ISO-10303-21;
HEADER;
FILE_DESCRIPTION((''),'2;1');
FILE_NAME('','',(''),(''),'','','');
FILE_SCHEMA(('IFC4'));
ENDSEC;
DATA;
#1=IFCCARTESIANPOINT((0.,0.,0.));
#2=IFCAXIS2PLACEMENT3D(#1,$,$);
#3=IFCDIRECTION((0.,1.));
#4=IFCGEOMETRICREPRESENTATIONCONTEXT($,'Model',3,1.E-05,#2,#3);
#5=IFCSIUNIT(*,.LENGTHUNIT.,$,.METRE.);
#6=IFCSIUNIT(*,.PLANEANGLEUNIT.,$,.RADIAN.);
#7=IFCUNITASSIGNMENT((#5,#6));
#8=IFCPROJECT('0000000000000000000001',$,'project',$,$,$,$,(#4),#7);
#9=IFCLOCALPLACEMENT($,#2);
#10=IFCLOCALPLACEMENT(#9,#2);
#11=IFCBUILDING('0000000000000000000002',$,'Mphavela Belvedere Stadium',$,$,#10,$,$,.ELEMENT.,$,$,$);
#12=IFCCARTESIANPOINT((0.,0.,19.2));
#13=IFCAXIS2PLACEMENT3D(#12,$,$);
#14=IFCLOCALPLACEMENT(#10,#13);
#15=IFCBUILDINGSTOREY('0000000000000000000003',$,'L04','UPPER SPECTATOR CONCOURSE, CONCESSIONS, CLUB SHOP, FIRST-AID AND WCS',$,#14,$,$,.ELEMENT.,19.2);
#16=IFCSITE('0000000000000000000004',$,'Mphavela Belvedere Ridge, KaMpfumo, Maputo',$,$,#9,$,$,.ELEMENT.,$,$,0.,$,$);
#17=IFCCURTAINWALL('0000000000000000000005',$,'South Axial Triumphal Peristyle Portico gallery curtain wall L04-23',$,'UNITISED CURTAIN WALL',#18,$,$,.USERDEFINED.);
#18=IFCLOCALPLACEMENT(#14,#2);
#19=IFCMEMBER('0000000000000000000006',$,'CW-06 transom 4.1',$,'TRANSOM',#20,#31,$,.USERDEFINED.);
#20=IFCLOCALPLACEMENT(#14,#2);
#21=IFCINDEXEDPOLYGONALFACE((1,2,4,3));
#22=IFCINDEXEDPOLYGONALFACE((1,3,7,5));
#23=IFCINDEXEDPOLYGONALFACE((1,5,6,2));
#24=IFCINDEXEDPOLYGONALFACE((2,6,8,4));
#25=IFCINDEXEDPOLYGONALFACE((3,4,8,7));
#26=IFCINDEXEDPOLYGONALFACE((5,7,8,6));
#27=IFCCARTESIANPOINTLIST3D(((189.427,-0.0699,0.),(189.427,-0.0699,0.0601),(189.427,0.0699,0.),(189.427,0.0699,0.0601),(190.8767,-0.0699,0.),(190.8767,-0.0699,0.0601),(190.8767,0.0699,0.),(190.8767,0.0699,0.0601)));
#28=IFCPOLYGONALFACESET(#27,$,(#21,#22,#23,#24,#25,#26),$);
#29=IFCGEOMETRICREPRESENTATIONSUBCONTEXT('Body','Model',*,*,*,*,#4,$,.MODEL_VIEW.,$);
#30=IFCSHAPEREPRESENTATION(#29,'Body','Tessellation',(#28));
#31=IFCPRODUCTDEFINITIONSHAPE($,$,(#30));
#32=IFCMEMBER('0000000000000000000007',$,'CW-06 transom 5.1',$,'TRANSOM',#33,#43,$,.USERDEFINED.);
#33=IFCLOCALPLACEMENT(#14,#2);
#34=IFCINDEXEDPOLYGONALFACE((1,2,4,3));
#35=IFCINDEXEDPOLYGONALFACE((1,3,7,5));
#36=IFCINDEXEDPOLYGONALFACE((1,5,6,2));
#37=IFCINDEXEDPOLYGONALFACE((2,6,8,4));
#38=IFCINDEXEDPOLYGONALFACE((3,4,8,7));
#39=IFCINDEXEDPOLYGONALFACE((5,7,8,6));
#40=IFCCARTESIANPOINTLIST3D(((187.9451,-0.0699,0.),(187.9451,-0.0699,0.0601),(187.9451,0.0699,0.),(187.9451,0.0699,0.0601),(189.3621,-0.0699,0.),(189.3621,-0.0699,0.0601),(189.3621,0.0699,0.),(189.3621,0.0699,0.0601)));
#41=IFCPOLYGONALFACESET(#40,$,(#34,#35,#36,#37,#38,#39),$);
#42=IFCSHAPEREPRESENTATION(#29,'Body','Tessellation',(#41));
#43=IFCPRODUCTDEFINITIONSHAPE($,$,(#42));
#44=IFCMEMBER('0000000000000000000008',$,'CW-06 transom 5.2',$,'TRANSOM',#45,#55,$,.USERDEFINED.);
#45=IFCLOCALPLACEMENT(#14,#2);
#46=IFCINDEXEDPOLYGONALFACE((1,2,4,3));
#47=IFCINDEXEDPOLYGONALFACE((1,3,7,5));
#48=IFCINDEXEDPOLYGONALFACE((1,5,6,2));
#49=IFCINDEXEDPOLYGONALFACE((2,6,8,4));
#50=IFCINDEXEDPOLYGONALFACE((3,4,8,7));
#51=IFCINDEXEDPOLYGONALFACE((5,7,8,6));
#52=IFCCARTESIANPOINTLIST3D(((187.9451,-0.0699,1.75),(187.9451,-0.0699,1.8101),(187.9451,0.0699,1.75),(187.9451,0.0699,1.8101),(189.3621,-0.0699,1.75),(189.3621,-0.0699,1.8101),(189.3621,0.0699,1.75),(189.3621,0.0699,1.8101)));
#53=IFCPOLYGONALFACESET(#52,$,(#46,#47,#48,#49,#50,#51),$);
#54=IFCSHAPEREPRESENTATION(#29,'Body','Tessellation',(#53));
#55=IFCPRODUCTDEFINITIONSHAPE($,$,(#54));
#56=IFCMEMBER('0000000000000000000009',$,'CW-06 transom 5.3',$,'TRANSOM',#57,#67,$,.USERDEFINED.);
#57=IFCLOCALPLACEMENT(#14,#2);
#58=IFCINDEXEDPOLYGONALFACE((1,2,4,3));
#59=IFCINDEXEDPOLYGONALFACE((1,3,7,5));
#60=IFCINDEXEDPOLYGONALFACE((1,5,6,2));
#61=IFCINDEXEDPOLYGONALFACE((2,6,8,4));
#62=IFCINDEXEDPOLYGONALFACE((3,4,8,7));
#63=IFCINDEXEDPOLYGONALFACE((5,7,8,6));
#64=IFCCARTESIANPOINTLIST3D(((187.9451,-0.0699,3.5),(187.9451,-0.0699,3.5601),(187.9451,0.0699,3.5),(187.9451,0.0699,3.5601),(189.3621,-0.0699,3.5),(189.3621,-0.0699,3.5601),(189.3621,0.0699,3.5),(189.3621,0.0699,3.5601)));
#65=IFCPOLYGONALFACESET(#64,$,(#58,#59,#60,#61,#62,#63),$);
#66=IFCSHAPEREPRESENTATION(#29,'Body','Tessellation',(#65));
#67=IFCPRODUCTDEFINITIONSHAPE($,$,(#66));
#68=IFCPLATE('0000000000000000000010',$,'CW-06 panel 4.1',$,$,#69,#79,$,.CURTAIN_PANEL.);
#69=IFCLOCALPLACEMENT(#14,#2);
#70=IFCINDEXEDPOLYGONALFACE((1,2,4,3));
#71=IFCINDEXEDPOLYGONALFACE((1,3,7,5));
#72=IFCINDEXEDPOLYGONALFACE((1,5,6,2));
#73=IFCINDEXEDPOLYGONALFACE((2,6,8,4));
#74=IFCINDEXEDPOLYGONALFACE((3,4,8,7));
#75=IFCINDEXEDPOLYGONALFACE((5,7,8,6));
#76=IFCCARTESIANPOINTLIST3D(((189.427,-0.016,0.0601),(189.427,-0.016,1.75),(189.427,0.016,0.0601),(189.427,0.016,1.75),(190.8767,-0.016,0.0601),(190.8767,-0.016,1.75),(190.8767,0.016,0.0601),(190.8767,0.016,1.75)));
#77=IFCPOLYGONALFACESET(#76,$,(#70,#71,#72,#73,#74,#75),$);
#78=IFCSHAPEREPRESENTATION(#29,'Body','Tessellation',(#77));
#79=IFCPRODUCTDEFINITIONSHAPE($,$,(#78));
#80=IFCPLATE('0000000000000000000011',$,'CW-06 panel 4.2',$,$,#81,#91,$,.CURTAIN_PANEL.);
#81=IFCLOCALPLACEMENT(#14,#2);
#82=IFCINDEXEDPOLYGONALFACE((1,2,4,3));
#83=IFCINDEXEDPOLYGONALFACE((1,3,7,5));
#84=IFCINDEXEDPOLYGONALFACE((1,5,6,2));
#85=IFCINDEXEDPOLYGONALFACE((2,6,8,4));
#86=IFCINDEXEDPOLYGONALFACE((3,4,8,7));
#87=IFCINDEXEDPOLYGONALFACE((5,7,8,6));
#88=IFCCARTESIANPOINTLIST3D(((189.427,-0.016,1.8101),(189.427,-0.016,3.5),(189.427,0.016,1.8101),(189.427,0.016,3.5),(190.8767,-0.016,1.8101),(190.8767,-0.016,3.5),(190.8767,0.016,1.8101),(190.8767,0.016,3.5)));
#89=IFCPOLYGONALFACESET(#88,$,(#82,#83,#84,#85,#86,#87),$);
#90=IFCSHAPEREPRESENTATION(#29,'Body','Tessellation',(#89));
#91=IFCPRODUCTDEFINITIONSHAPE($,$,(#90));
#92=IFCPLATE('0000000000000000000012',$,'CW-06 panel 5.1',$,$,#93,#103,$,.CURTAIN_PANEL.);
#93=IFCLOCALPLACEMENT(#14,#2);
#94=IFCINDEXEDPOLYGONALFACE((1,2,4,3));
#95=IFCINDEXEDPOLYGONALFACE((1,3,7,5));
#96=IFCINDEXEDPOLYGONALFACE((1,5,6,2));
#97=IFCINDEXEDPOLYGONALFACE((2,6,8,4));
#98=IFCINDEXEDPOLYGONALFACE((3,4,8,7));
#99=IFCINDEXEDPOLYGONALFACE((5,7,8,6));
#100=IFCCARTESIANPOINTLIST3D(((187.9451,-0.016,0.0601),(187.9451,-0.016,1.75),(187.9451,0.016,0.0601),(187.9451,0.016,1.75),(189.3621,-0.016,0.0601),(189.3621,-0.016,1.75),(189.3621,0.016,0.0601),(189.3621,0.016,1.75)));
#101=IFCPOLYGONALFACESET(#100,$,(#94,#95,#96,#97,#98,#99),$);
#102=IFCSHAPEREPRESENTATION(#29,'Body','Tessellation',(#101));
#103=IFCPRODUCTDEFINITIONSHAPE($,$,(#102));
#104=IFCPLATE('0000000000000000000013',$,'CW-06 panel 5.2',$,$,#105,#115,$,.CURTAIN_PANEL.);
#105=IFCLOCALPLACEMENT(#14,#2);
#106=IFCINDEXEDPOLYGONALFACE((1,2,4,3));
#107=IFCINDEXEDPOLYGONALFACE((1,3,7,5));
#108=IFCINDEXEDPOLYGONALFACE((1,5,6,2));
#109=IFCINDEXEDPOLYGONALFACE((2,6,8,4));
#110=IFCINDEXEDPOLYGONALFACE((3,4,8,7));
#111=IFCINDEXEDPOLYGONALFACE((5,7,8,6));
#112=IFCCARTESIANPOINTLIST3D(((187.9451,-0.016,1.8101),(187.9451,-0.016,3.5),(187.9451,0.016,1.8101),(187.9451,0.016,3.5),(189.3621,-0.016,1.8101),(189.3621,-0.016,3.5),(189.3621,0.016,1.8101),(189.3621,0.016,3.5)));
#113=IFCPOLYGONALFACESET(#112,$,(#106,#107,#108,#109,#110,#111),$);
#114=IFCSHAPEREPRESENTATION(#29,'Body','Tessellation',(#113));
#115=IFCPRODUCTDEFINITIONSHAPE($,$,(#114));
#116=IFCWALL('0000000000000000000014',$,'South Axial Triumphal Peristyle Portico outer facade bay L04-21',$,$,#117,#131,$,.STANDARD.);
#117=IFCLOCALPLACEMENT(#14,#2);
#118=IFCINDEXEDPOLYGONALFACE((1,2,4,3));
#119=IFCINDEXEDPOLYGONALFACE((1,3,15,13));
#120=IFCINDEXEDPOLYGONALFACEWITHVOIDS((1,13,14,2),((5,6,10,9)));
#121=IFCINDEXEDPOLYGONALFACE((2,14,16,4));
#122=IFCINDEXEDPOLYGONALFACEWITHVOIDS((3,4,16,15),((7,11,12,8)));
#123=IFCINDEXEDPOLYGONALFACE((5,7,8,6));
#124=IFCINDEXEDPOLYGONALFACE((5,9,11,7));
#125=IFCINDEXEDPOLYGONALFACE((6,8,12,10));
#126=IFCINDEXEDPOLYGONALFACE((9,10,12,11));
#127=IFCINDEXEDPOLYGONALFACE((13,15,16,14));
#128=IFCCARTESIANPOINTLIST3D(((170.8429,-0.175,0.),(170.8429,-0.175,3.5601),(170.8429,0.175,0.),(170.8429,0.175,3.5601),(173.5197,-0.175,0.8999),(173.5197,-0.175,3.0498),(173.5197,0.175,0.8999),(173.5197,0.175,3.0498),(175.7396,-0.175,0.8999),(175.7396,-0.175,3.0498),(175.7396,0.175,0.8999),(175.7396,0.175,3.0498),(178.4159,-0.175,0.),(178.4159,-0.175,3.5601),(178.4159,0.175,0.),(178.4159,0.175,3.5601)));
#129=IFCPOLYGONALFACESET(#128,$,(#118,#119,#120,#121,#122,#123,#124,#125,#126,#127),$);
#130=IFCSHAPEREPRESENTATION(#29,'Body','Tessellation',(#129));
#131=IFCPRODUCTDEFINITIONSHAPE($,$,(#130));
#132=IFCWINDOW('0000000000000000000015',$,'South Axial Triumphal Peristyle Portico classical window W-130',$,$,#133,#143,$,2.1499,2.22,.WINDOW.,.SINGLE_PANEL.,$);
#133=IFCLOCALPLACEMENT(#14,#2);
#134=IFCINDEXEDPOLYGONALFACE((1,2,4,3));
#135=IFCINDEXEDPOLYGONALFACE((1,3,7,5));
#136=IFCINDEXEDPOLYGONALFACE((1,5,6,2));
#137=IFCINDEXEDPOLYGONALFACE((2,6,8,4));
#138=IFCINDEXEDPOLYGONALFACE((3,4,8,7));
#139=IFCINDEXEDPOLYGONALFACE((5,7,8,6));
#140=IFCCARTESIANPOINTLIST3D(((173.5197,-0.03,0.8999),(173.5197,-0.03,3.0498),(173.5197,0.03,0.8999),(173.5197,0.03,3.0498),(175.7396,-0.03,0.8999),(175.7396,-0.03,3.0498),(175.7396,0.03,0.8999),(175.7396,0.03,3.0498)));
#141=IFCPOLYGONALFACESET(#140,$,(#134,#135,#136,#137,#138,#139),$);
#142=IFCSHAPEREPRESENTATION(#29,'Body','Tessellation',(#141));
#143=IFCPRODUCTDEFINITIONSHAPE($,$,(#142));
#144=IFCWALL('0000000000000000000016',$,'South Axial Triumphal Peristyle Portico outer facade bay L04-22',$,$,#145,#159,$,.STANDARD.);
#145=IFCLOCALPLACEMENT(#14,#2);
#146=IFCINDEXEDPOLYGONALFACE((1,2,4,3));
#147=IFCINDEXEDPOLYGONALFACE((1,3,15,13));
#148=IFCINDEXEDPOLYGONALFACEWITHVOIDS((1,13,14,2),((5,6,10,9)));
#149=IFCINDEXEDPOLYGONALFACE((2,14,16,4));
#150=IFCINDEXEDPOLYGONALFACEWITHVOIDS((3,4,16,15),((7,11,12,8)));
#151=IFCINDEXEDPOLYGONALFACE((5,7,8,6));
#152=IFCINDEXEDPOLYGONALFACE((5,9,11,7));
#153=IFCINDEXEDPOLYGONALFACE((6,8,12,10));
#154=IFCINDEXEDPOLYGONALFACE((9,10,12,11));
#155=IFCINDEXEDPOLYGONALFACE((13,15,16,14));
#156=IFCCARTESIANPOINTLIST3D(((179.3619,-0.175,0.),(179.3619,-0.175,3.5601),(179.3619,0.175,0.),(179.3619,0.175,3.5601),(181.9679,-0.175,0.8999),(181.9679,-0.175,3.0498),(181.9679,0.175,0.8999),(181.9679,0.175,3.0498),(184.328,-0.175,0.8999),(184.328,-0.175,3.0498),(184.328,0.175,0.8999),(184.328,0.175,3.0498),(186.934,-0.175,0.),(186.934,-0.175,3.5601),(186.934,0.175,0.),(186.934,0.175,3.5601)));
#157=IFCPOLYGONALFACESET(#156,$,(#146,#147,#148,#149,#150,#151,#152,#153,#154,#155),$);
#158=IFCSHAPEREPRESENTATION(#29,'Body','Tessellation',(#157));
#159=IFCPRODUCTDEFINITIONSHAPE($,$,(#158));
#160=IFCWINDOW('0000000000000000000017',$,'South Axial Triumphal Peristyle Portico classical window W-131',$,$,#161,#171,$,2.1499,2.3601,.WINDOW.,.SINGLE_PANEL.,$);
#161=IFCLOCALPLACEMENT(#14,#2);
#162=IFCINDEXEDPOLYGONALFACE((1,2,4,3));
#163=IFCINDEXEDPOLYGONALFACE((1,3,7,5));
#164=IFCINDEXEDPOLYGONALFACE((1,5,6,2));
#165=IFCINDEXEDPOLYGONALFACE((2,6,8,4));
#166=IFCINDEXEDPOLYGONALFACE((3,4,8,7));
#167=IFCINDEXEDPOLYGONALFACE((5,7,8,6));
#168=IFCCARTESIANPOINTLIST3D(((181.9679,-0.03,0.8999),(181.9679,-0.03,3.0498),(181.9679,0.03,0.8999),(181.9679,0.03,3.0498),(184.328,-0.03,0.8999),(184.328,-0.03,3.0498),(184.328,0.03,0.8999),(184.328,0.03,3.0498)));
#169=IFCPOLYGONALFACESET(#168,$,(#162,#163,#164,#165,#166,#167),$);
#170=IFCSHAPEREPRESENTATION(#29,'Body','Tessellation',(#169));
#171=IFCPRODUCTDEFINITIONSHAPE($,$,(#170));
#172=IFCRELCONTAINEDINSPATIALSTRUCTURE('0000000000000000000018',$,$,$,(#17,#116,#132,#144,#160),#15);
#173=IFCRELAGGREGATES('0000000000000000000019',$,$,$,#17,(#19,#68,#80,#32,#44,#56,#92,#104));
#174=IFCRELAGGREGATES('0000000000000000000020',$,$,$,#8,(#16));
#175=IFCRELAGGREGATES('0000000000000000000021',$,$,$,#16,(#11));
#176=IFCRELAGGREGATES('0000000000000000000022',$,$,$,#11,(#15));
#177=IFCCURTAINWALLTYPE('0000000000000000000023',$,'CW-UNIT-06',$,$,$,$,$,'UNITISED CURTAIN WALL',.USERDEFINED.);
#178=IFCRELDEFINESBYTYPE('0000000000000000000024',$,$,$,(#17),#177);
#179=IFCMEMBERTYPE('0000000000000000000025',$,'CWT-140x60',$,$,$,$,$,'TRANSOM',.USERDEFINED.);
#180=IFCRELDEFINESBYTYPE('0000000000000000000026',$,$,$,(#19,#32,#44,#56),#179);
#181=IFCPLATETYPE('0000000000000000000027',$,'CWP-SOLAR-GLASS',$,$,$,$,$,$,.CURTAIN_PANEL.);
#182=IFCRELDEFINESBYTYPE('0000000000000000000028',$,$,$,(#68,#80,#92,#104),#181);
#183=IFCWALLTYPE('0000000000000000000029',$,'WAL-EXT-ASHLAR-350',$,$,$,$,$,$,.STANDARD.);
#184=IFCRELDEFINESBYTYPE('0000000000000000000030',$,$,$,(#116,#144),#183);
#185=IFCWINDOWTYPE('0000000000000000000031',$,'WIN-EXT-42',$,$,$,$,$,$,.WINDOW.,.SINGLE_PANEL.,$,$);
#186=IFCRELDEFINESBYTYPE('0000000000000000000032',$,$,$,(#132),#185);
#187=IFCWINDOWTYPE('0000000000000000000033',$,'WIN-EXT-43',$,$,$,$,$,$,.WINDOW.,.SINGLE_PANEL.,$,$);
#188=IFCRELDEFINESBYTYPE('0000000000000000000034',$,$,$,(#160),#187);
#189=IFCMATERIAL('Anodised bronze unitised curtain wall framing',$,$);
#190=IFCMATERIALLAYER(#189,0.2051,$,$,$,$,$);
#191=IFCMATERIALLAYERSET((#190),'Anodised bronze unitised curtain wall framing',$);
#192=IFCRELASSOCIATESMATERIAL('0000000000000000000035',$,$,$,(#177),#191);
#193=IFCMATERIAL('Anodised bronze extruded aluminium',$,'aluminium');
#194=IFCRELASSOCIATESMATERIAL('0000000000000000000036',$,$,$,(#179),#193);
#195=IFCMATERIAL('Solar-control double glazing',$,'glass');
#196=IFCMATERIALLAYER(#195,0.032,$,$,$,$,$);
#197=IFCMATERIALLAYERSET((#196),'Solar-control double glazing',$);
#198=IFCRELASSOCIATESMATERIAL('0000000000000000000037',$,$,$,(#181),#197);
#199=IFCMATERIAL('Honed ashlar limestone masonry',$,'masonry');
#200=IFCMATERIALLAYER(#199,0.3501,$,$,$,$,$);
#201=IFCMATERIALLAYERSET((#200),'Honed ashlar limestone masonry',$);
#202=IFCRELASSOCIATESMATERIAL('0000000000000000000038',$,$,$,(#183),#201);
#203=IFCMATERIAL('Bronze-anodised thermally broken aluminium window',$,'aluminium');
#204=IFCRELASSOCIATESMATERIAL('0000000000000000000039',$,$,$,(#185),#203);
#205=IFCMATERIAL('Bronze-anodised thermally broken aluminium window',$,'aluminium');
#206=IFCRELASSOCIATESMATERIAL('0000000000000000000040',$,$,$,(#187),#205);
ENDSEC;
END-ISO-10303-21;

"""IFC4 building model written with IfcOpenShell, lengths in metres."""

from ifc_helpers import new_model, si_unit, direction, frame, frame_2d, origin, origin_2d, place, context, subcontext, project, spatial, rectangle, extrude, material, layer, layer_set, material_profile, profile_set, type_object, element, fill, aggregate, save


model = new_model("IFC4")

# Units and contexts
model_context = context("Model", 3, precision=1e-05, world=origin(), true_north=direction((0.0, 1.0)))
body_context = subcontext(model_context, "Body", "Model", "MODEL_VIEW")
ifc_project = project(units=[si_unit("LENGTHUNIT", "METRE"), si_unit("PLANEANGLEUNIT", "RADIAN")], contexts=[model_context])

# Site, building, storey
site_placement = place(None, origin())
site = spatial("IfcSite", under=ifc_project, at=site_placement, Name="Mphavela Belvedere Ridge, KaMpfumo, Maputo", CompositionType="ELEMENT", RefElevation=0.0)
building_placement = place(site_placement, origin())
building = spatial("IfcBuilding", under=site, at=building_placement, Name="Mphavela Belvedere Stadium", CompositionType="ELEMENT")
storey_placement = place(building_placement, frame((0.0, 0.0, 19.2)))
storey = spatial("IfcBuildingStorey", under=building, at=storey_placement, Name="L04", Description="UPPER SPECTATOR CONCOURSE, CONCESSIONS, CLUB SHOP, FIRST-AID AND WCS", CompositionType="ELEMENT", Elevation=19.2)

# Curtain wall, members, plates
ifc_material_1 = material(Name="Anodised bronze unitised curtain wall framing")
ifc_layer_1 = layer(ifc_material_1, 0.2051)
ifc_layer_set_1 = layer_set([ifc_layer_1], Name="Anodised bronze unitised curtain wall framing")
curtain_wall_type = type_object("IfcCurtainWallType", Name="CW-UNIT-06", ElementType="UNITISED CURTAIN WALL", PredefinedType="USERDEFINED", material=ifc_layer_set_1)
curtain_wall_placement = place(storey_placement, origin())
curtain_wall = element("IfcCurtainWall", 1, at=curtain_wall_placement, inside=storey, type_object=curtain_wall_type, Name="South Axial Triumphal Peristyle Portico gallery curtain wall L04-23", ObjectType="UNITISED CURTAIN WALL", PredefinedType="USERDEFINED")
ifc_material_2 = material(Name="Anodised bronze extruded aluminium", Category="aluminium")
ifc_material_profile_1 = material_profile(ifc_material_2, rectangle(XDim=0.1399, YDim=0.0601, at=origin_2d()), Name="CW-TRN 140x60")
ifc_profile_set_1 = profile_set([ifc_material_profile_1], Name="Anodised bronze extruded aluminium")
member_type_1 = type_object("IfcMemberType", Name="CWT-140x60", ElementType="TRANSOM", PredefinedType="USERDEFINED", material=ifc_profile_set_1)
member_1_placement = place(storey_placement, frame((190.8767, 0.0, 0.03), z_axis=(-1.0, 0.0, 0.0), x_axis=(0.0, -1.0, 0.0)))
member_1 = element("IfcMember", 2, at=member_1_placement, type_object=member_type_1, Name="CW-06 transom 4.1", ObjectType="TRANSOM", PredefinedType="USERDEFINED", context=body_context, shape_type="SweptSolid", body=[
    extrude(rectangle(XDim=0.1399, YDim=0.0601, at=origin_2d()), origin(), (0.0, 0.0, 1.0), 1.4497),
])
member_2_placement = place(storey_placement, frame((189.3621, 0.0, 0.03), z_axis=(-1.0, 0.0, 0.0), x_axis=(0.0, -1.0, 0.0)))
member_2 = element("IfcMember", 3, at=member_2_placement, type_object=member_type_1, Name="CW-06 transom 5.1", ObjectType="TRANSOM", PredefinedType="USERDEFINED", context=body_context, shape_type="SweptSolid", body=[
    extrude(rectangle(XDim=0.1399, YDim=0.0601, at=origin_2d()), origin(), (0.0, 0.0, 1.0), 1.417),
])
member_3_placement = place(storey_placement, frame((189.3621, 0.0, 1.78), z_axis=(-1.0, 0.0, 0.0), x_axis=(0.0, -1.0, 0.0)))
member_3 = element("IfcMember", 4, at=member_3_placement, type_object=member_type_1, Name="CW-06 transom 5.2", ObjectType="TRANSOM", PredefinedType="USERDEFINED", context=body_context, shape_type="SweptSolid", body=[
    extrude(rectangle(XDim=0.1399, YDim=0.0601, at=origin_2d()), origin(), (0.0, 0.0, 1.0), 1.417),
])
member_4_placement = place(storey_placement, frame((189.3621, 0.0, 3.53), z_axis=(-1.0, 0.0, 0.0), x_axis=(0.0, -1.0, 0.0)))
member_4 = element("IfcMember", 5, at=member_4_placement, type_object=member_type_1, Name="CW-06 transom 5.3", ObjectType="TRANSOM", PredefinedType="USERDEFINED", context=body_context, shape_type="SweptSolid", body=[
    extrude(rectangle(XDim=0.1399, YDim=0.0601, at=origin_2d()), origin(), (0.0, 0.0, 1.0), 1.417),
])
ifc_material_3 = material(Name="Solar-control double glazing", Category="glass")
ifc_layer_2 = layer(ifc_material_3, 0.032)
ifc_layer_set_2 = layer_set([ifc_layer_2], Name="Solar-control double glazing")
plate_type = type_object("IfcPlateType", Name="CWP-SOLAR-GLASS", PredefinedType="CURTAIN_PANEL", material=ifc_layer_set_2)
plate_1_placement = place(storey_placement, frame((190.1519, 0.0, 0.0601), z_axis=(0.0, 0.0, 1.0), x_axis=(-1.0, 0.0, 0.0)))
plate_1 = element("IfcPlate", 6, at=plate_1_placement, type_object=plate_type, Name="CW-06 panel 4.1", PredefinedType="CURTAIN_PANEL", context=body_context, shape_type="SweptSolid", body=[
    extrude(rectangle(XDim=1.4497, YDim=0.032, at=origin_2d()), origin(), (0.0, 0.0, 1.0), 1.6899),
])
plate_2_placement = place(storey_placement, frame((190.1519, 0.0, 1.8101), z_axis=(0.0, 0.0, 1.0), x_axis=(-1.0, 0.0, 0.0)))
plate_2 = element("IfcPlate", 7, at=plate_2_placement, type_object=plate_type, Name="CW-06 panel 4.2", PredefinedType="CURTAIN_PANEL", context=body_context, shape_type="SweptSolid", body=[
    extrude(rectangle(XDim=1.4497, YDim=0.032, at=origin_2d()), origin(), (0.0, 0.0, 1.0), 1.6899),
])
plate_3_placement = place(storey_placement, frame((188.6536, 0.0, 0.0601), z_axis=(0.0, 0.0, 1.0), x_axis=(-1.0, 0.0, 0.0)))
plate_3 = element("IfcPlate", 8, at=plate_3_placement, type_object=plate_type, Name="CW-06 panel 5.1", PredefinedType="CURTAIN_PANEL", context=body_context, shape_type="SweptSolid", body=[
    extrude(rectangle(XDim=1.417, YDim=0.032, at=origin_2d()), origin(), (0.0, 0.0, 1.0), 1.6899),
])
plate_4_placement = place(storey_placement, frame((188.6536, 0.0, 1.8101), z_axis=(0.0, 0.0, 1.0), x_axis=(-1.0, 0.0, 0.0)))
plate_4 = element("IfcPlate", 9, at=plate_4_placement, type_object=plate_type, Name="CW-06 panel 5.2", PredefinedType="CURTAIN_PANEL", context=body_context, shape_type="SweptSolid", body=[
    extrude(rectangle(XDim=1.417, YDim=0.032, at=origin_2d()), origin(), (0.0, 0.0, 1.0), 1.6899),
])
aggregate(curtain_wall, [member_1, plate_1, plate_2, member_2, member_3, member_4, plate_3, plate_4])

# Walls, openings, windows
ifc_material_4 = material(Name="Honed ashlar limestone masonry", Category="masonry")
ifc_layer_3 = layer(ifc_material_4, 0.3501)
ifc_layer_set_3 = layer_set([ifc_layer_3], Name="Honed ashlar limestone masonry")
wall_type_1 = type_object("IfcWallType", Name="WAL-EXT-ASHLAR-350", PredefinedType="STANDARD", material=ifc_layer_set_3)
wall_1_placement = place(storey_placement, frame((178.416, 0.0, 0.0), z_axis=(0.0, 0.0, 1.0), x_axis=(-1.0, 0.0, 0.0)))
wall_1 = element("IfcWall", 10, at=wall_1_placement, inside=storey, type_object=wall_type_1, Name="South Axial Triumphal Peristyle Portico outer facade bay L04-21", PredefinedType="STANDARD", context=body_context, shape_type="SweptSolid", body=[
    extrude(rectangle(XDim=7.573, YDim=0.3501, at=frame_2d((3.7866, 0.0))), origin(), (0.0, 0.0, 1.0), 3.5601),
])
opening_1_placement = place(wall_1_placement, frame((2.6765, 0.0, 0.8999)))
opening_1 = element("IfcOpeningElement", 11, at=opening_1_placement, cuts=wall_1, PredefinedType="OPENING", context=body_context, shape_type="SweptSolid", body=[
    extrude(rectangle(XDim=2.22, YDim=2.1499, at=frame_2d((1.1099, 1.075))), frame((0.0, 0.1851, 0.0), z_axis=(0.0, -1.0, 0.0), x_axis=(1.0, 0.0, 0.0)), (0.0, 0.0, 1.0), 0.3701),
])
ifc_material_5 = material(Name="Bronze-anodised thermally broken aluminium window", Category="aluminium")
window_type_1 = type_object("IfcWindowType", Name="WIN-EXT-42", PartitioningType="SINGLE_PANEL", PredefinedType="WINDOW", material=ifc_material_5)
window_1_placement = place(opening_1_placement, origin())
window_1 = element("IfcWindow", 12, at=window_1_placement, inside=storey, type_object=window_type_1, Name="South Axial Triumphal Peristyle Portico classical window W-130", OverallHeight=2.1499, OverallWidth=2.22, PartitioningType="SINGLE_PANEL", PredefinedType="WINDOW", context=body_context, shape_type="SweptSolid", body=[
    extrude(rectangle(XDim=2.22, YDim=2.1499, at=frame_2d((1.1099, 1.075))), frame((0.0, 0.03, 0.0), z_axis=(0.0, -1.0, 0.0), x_axis=(1.0, 0.0, 0.0)), (0.0, 0.0, 1.0), 0.0601),
])
fill(opening_1, window_1)
wall_2_placement = place(storey_placement, frame((186.9341, 0.0, 0.0), z_axis=(0.0, 0.0, 1.0), x_axis=(-1.0, 0.0, 0.0)))
wall_2 = element("IfcWall", 13, at=wall_2_placement, inside=storey, type_object=wall_type_1, Name="South Axial Triumphal Peristyle Portico outer facade bay L04-22", PredefinedType="STANDARD", context=body_context, shape_type="SweptSolid", body=[
    extrude(rectangle(XDim=7.572, YDim=0.3501, at=frame_2d((3.7861, 0.0))), origin(), (0.0, 0.0, 1.0), 3.5601),
])
opening_2_placement = place(wall_2_placement, frame((2.606, 0.0, 0.8999)))
opening_2 = element("IfcOpeningElement", 14, at=opening_2_placement, cuts=wall_2, PredefinedType="OPENING", context=body_context, shape_type="SweptSolid", body=[
    extrude(rectangle(XDim=2.3601, YDim=2.1499, at=frame_2d((1.1802, 1.075))), frame((0.0, 0.1851, 0.0), z_axis=(0.0, -1.0, 0.0), x_axis=(1.0, 0.0, 0.0)), (0.0, 0.0, 1.0), 0.3701),
])
ifc_material_6 = material(Name="Bronze-anodised thermally broken aluminium window", Category="aluminium")
window_type_2 = type_object("IfcWindowType", Name="WIN-EXT-43", PartitioningType="SINGLE_PANEL", PredefinedType="WINDOW", material=ifc_material_6)
window_2_placement = place(opening_2_placement, origin())
window_2 = element("IfcWindow", 15, at=window_2_placement, inside=storey, type_object=window_type_2, Name="South Axial Triumphal Peristyle Portico classical window W-131", OverallHeight=2.1499, OverallWidth=2.3601, PartitioningType="SINGLE_PANEL", PredefinedType="WINDOW", context=body_context, shape_type="SweptSolid", body=[
    extrude(rectangle(XDim=2.3601, YDim=2.1499, at=frame_2d((1.1802, 1.075))), frame((0.0, 0.03, 0.0), z_axis=(0.0, -1.0, 0.0), x_axis=(1.0, 0.0, 0.0)), (0.0, 0.0, 1.0), 0.0601),
])
fill(opening_2, window_2)

save(model, "model.ifc")
